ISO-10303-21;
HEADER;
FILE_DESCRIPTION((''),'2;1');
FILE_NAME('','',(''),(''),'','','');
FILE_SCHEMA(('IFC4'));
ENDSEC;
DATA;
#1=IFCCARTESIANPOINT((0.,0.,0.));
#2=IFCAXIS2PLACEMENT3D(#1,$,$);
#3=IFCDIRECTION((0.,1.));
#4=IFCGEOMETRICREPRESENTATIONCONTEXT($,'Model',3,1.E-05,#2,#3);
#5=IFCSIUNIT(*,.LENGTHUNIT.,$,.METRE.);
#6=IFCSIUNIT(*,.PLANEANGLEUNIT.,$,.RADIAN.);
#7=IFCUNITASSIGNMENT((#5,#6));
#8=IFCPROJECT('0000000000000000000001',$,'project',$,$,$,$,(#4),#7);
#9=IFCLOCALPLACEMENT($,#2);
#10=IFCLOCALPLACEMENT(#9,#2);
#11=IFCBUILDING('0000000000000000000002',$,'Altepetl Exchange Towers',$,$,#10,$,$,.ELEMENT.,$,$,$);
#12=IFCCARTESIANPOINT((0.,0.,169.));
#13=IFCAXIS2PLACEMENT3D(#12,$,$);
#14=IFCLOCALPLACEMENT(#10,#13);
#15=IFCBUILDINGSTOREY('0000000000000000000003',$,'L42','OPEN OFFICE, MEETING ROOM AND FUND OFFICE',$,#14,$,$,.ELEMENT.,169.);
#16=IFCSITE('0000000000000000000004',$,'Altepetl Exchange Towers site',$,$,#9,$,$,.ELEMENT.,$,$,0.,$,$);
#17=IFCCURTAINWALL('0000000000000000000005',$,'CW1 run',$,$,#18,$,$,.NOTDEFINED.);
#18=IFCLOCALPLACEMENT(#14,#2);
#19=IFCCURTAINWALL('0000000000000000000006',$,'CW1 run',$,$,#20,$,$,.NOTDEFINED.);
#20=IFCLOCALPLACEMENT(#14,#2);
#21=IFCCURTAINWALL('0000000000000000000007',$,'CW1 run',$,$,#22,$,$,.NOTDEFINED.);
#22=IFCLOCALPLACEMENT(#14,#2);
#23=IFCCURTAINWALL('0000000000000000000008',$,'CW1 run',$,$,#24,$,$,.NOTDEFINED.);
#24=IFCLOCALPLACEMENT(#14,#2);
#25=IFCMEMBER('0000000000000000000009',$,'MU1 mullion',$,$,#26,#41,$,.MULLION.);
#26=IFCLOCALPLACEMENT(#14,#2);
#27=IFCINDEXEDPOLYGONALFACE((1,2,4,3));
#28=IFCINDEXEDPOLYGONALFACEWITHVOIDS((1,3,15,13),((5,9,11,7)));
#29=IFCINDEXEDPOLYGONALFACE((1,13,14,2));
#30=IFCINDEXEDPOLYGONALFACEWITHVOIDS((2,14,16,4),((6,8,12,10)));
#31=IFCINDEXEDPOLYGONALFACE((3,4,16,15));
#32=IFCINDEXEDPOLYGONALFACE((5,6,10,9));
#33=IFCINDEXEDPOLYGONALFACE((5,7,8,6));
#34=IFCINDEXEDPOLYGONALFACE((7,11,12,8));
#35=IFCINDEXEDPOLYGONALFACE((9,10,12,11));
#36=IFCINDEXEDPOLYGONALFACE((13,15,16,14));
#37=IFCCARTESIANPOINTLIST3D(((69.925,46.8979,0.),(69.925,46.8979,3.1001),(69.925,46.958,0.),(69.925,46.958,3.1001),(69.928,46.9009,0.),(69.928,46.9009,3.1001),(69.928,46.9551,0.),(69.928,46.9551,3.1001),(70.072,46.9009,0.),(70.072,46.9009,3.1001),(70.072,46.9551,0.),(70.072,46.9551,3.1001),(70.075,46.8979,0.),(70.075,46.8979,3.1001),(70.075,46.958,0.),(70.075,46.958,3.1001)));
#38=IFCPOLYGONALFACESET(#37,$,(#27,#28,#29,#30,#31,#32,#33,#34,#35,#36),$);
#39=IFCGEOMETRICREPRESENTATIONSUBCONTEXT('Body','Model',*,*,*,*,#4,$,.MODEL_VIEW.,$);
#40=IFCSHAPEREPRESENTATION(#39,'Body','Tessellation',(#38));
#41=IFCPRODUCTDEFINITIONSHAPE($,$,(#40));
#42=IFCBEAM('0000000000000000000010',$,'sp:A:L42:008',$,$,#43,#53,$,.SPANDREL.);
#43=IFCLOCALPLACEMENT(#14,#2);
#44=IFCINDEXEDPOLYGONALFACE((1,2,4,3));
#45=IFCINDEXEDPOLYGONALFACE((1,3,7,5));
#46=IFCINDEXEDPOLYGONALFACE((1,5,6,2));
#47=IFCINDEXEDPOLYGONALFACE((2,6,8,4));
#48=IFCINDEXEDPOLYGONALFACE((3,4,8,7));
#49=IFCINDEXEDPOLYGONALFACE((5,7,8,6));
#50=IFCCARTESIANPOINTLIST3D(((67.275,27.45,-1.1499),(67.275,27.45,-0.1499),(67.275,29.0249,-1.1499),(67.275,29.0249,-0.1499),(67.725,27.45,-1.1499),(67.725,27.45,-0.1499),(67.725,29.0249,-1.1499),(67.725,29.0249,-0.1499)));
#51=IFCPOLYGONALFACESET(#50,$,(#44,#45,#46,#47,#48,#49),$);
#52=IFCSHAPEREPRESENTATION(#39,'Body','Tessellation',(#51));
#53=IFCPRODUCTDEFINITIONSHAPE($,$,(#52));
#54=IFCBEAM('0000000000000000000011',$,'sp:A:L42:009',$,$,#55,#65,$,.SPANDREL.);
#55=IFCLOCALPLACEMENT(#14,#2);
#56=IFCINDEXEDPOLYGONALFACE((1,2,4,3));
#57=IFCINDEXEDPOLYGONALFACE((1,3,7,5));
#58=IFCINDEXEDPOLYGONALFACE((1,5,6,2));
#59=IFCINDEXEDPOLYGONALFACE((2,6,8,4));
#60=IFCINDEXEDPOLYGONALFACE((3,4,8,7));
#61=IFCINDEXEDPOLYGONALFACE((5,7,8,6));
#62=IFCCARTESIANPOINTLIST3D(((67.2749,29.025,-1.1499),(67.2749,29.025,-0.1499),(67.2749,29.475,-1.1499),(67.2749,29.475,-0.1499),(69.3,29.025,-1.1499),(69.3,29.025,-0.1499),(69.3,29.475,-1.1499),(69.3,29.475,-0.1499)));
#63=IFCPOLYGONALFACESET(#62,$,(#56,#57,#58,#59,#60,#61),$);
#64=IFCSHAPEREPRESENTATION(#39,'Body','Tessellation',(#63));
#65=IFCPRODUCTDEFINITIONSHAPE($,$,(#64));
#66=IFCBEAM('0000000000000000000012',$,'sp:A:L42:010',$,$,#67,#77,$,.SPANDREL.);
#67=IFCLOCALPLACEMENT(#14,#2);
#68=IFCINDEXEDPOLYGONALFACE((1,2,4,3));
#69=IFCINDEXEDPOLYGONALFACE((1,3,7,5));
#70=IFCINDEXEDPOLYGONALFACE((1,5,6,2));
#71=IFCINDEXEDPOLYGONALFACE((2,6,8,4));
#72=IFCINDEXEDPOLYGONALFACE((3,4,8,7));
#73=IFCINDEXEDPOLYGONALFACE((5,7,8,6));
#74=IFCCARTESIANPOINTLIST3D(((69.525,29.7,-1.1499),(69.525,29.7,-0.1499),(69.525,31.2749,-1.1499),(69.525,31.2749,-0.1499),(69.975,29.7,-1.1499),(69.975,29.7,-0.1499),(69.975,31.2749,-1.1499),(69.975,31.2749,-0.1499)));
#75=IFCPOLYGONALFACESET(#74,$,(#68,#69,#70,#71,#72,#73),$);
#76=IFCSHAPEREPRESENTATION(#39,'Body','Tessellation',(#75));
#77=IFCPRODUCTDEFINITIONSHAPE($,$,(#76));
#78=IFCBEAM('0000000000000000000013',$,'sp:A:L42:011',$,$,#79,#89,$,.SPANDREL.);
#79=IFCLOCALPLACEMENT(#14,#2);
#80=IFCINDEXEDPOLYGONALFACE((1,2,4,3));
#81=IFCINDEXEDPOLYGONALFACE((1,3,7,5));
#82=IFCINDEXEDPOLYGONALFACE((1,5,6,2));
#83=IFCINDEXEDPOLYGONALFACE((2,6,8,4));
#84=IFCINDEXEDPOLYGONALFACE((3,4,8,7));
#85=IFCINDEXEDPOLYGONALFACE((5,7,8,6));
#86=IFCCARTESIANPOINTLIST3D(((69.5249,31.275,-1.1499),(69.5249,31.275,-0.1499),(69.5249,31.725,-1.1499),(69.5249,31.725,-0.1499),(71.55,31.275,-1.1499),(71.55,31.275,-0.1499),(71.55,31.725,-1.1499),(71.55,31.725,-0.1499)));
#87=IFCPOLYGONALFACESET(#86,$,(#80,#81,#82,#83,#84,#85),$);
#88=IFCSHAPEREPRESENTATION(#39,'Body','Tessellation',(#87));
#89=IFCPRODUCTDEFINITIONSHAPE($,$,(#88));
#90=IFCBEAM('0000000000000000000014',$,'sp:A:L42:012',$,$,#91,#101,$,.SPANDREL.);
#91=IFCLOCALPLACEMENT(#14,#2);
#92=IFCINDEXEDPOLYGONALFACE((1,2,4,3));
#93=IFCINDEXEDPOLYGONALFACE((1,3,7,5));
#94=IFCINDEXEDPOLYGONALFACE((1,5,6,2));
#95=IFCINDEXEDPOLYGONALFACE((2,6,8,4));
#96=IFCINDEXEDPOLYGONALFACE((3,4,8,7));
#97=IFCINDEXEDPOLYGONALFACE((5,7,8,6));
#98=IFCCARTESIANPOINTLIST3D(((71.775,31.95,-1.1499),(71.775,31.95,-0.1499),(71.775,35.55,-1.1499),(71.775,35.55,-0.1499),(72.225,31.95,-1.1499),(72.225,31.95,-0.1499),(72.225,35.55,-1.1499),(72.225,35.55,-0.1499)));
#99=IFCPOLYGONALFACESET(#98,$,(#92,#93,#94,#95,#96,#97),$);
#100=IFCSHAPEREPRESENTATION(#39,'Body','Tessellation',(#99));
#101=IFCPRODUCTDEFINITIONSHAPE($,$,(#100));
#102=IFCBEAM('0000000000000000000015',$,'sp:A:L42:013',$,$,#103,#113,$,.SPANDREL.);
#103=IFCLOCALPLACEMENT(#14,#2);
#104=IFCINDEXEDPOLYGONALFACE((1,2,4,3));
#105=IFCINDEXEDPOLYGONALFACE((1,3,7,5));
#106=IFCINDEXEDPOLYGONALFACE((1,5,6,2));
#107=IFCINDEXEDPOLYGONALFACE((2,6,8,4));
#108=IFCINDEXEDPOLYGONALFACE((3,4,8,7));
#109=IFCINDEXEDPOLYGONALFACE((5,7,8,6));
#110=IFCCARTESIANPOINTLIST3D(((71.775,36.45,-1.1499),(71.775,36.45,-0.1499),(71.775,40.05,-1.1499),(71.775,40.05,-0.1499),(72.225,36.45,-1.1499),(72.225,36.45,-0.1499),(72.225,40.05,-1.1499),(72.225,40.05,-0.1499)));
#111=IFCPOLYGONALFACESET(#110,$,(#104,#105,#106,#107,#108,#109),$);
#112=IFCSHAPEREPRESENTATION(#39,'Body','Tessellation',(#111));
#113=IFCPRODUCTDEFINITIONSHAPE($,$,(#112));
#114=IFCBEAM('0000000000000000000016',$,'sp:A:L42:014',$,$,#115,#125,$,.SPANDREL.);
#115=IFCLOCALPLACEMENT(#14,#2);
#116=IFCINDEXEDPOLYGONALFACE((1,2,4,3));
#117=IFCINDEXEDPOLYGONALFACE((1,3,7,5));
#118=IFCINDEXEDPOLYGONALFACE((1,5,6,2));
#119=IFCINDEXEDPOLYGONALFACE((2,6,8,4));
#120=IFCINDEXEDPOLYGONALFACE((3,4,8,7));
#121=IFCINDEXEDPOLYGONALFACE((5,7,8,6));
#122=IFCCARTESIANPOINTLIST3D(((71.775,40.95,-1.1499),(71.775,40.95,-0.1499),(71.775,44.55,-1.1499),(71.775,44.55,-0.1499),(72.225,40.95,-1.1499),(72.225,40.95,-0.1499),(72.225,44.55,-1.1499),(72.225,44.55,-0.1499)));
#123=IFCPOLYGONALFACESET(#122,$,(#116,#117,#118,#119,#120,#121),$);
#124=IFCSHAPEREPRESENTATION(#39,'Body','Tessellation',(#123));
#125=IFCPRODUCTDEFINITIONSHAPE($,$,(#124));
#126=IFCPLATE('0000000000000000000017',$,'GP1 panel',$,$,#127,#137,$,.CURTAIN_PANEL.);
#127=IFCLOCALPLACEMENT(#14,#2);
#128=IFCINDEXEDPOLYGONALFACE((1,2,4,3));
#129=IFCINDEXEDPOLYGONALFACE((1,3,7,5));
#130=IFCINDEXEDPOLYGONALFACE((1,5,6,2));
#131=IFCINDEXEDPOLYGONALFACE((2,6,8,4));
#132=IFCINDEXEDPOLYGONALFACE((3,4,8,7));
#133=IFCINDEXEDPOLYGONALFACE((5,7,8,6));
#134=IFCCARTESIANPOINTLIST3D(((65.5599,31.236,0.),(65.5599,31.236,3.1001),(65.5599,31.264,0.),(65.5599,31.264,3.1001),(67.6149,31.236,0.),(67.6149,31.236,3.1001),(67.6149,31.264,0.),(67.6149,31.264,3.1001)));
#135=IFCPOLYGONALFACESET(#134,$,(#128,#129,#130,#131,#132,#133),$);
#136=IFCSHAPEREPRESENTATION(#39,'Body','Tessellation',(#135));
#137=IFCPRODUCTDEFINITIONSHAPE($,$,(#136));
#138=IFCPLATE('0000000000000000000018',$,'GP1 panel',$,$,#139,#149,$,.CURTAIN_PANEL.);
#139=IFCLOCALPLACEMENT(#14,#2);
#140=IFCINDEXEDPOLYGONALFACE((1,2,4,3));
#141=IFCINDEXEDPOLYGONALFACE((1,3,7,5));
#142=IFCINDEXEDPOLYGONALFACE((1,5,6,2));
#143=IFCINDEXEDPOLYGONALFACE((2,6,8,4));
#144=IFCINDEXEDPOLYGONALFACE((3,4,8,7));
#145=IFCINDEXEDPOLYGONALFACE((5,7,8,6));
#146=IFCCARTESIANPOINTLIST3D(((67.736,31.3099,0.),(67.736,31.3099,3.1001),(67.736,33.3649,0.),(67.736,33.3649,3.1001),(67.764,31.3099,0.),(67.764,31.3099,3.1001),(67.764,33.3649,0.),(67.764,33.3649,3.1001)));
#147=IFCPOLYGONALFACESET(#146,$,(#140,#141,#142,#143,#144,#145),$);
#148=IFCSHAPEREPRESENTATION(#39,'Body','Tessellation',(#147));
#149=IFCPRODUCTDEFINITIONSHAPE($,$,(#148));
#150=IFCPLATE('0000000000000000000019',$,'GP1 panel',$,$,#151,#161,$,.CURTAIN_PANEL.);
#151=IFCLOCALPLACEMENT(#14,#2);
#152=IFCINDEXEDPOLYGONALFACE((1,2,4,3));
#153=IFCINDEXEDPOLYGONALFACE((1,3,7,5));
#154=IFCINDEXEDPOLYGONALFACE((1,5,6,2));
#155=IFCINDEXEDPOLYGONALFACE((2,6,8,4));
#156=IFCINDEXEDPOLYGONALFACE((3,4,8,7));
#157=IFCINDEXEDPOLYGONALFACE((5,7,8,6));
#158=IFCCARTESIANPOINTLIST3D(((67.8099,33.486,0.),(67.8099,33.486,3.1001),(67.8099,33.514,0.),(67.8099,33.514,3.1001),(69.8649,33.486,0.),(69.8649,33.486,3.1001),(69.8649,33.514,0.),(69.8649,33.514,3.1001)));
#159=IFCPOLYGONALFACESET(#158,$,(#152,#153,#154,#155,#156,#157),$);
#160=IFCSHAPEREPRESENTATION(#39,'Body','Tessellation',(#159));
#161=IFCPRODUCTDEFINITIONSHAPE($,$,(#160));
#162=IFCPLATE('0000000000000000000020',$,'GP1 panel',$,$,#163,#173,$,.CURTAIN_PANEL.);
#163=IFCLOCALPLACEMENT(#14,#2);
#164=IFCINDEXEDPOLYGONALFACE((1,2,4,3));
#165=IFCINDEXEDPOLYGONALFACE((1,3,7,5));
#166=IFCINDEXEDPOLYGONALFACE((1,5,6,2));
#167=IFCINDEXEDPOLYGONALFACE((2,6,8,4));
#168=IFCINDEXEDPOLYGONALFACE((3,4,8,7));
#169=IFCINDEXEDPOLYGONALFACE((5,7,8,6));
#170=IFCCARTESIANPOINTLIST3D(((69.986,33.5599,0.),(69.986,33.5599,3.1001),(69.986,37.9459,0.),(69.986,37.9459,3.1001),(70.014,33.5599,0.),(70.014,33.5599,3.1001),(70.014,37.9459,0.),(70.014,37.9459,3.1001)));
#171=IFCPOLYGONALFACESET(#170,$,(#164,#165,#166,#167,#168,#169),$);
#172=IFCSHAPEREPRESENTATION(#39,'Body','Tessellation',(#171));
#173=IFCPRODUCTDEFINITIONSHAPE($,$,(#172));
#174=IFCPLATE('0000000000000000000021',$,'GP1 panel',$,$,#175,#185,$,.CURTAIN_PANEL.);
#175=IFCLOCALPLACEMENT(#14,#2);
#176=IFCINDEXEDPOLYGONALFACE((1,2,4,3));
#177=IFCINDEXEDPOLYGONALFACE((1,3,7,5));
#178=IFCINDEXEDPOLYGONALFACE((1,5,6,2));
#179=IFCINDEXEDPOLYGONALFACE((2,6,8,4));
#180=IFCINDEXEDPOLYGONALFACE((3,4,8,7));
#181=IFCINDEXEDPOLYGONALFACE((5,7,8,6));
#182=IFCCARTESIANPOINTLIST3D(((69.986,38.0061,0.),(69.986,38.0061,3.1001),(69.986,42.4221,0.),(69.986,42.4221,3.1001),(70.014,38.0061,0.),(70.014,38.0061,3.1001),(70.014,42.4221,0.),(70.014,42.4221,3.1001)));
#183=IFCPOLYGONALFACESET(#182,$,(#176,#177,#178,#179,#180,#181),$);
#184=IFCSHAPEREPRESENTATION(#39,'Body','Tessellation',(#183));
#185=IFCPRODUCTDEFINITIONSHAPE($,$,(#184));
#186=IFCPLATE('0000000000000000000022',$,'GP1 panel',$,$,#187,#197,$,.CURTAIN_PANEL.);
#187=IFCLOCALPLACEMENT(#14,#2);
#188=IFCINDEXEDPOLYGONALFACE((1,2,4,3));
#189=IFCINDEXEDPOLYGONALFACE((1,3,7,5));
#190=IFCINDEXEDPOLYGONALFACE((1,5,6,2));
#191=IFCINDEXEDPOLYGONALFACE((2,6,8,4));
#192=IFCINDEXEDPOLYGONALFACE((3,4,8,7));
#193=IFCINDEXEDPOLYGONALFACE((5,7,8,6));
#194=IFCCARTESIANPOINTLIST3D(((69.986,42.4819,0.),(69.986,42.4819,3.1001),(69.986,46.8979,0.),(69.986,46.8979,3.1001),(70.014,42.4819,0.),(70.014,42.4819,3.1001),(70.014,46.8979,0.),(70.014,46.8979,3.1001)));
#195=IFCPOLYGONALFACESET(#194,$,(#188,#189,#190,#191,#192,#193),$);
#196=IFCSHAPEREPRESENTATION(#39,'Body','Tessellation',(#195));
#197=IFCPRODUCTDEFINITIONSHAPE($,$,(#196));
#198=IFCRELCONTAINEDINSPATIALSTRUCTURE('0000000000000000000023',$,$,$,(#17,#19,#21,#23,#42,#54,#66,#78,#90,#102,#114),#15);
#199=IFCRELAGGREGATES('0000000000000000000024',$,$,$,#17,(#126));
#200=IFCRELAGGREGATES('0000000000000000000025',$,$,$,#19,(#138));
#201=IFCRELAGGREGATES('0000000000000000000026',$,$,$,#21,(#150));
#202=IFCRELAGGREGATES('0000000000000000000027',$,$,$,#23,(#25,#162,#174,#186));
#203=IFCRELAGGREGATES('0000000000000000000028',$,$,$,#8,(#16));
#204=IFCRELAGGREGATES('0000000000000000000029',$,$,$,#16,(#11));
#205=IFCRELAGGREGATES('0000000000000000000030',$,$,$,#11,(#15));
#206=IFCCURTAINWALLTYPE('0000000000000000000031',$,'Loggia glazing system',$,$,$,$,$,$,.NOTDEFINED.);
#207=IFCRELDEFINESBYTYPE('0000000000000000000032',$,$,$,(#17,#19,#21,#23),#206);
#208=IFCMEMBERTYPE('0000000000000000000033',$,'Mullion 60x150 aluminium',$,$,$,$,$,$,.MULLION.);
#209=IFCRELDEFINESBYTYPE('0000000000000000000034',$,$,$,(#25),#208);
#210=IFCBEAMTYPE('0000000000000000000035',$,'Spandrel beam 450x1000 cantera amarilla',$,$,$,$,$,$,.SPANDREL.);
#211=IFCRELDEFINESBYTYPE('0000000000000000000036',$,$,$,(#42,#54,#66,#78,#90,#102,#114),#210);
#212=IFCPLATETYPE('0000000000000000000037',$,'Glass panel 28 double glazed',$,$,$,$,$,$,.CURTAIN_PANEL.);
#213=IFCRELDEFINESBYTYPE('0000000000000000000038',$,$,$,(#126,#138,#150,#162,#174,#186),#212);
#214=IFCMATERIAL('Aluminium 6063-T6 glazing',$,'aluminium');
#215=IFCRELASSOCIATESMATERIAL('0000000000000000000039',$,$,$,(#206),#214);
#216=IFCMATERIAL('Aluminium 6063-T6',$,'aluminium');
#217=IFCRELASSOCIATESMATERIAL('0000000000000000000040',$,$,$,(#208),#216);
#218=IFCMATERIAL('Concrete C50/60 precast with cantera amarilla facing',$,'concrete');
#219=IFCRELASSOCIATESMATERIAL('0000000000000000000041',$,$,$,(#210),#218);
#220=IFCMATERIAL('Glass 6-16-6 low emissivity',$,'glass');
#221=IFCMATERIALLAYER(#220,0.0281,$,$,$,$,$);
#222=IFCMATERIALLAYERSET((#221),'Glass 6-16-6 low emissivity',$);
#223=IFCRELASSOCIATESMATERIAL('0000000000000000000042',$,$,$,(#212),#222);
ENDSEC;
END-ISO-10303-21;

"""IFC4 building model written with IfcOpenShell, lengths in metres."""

from ifc_helpers import new_model, si_unit, direction, frame, origin, origin_2d, place, context, subcontext, project, spatial, rectangle, hollow_rectangle, extrude, material, layer, layer_set, material_profile, profile_set, type_object, element, aggregate, save


model = new_model("IFC4")

# Units and contexts
model_context = context("Model", 3, precision=1e-05, world=origin(), true_north=direction((0.0, 1.0)))
body_context = subcontext(model_context, "Body", "Model", "MODEL_VIEW")
ifc_project = project(units=[si_unit("LENGTHUNIT", "METRE"), si_unit("PLANEANGLEUNIT", "RADIAN")], contexts=[model_context])

# Site, building, storey
site_placement = place(None, origin())
site = spatial("IfcSite", under=ifc_project, at=site_placement, Name="Altepetl Exchange Towers site", CompositionType="ELEMENT", RefElevation=0.0)
building_placement = place(site_placement, origin())
building = spatial("IfcBuilding", under=site, at=building_placement, Name="Altepetl Exchange Towers", CompositionType="ELEMENT")
storey_placement = place(building_placement, frame((0.0, 0.0, 169.0)))
storey = spatial("IfcBuildingStorey", under=building, at=storey_placement, Name="L42", Description="OPEN OFFICE, MEETING ROOM AND FUND OFFICE", CompositionType="ELEMENT", Elevation=169.0)

# Curtain wall
ifc_material_1 = material(Name="Aluminium 6063-T6 glazing", Category="aluminium")
curtain_wall_type = type_object("IfcCurtainWallType", Name="Loggia glazing system", PredefinedType="NOTDEFINED", material=ifc_material_1)
curtain_wall_1_placement = place(storey_placement, origin())
curtain_wall_1 = element("IfcCurtainWall", 1, at=curtain_wall_1_placement, inside=storey, type_object=curtain_wall_type, Name="CW1 run", PredefinedType="NOTDEFINED")
ifc_material_2 = material(Name="Aluminium 6063-T6", Category="aluminium")
ifc_material_profile_1 = material_profile(ifc_material_2, hollow_rectangle(XDim=0.0601, YDim=0.1499, WallThickness=0.0029, at=origin_2d()), Name="Mullion 60x150 aluminium")
ifc_profile_set_1 = profile_set([ifc_material_profile_1], Name="Aluminium 6063-T6")
member_type = type_object("IfcMemberType", Name="Mullion 60x150 aluminium", PredefinedType="MULLION", material=ifc_profile_set_1)

# Curtain walls, member
curtain_wall_2_placement = place(storey_placement, origin())
curtain_wall_2 = element("IfcCurtainWall", 2, at=curtain_wall_2_placement, inside=storey, type_object=curtain_wall_type, Name="CW1 run", PredefinedType="NOTDEFINED")
curtain_wall_3_placement = place(storey_placement, origin())
curtain_wall_3 = element("IfcCurtainWall", 3, at=curtain_wall_3_placement, inside=storey, type_object=curtain_wall_type, Name="CW1 run", PredefinedType="NOTDEFINED")
curtain_wall_4_placement = place(storey_placement, origin())
curtain_wall_4 = element("IfcCurtainWall", 4, at=curtain_wall_4_placement, inside=storey, type_object=curtain_wall_type, Name="CW1 run", PredefinedType="NOTDEFINED")
member_1_placement = place(storey_placement, frame((70.0, 46.928, 0.0), z_axis=(0.0, 0.0, 1.0), x_axis=(0.0, 1.0, 0.0)))
member_1 = element("IfcMember", 5, at=member_1_placement, type_object=member_type, Name="MU1 mullion", PredefinedType="MULLION", context=body_context, shape_type="SweptSolid", body=[
    extrude(hollow_rectangle(XDim=0.0601, YDim=0.1499, WallThickness=0.0029, at=origin_2d()), origin(), (0.0, 0.0, 1.0), 3.1001),
])

# Beams
ifc_material_3 = material(Name="Concrete C50/60 precast with cantera amarilla facing", Category="concrete")
ifc_material_profile_2 = material_profile(ifc_material_3, rectangle(XDim=0.45, YDim=1.0, at=origin_2d()), Name="450 x 1000")
ifc_profile_set_2 = profile_set([ifc_material_profile_2], Name="Concrete C50/60 precast with cantera amarilla facing")
beam_type = type_object("IfcBeamType", Name="Spandrel beam 450x1000 cantera amarilla", PredefinedType="SPANDREL", material=ifc_profile_set_2)
beam_1_placement = place(storey_placement, frame((67.5, 27.45, -0.6499), z_axis=(0.0, 1.0, 0.0), x_axis=(-1.0, 0.0, 0.0)))
element("IfcBeam", 6, at=beam_1_placement, inside=storey, type_object=beam_type, Name="sp:A:L42:008", PredefinedType="SPANDREL", context=body_context, shape_type="SweptSolid", body=[
    extrude(rectangle(XDim=0.45, YDim=1.0, at=origin_2d()), origin(), (0.0, 0.0, 1.0), 1.575),
])
beam_2_placement = place(storey_placement, frame((67.2749, 29.25, -0.6499), z_axis=(1.0, 0.0, 0.0), x_axis=(0.0, 1.0, 0.0)))
element("IfcBeam", 7, at=beam_2_placement, inside=storey, type_object=beam_type, Name="sp:A:L42:009", PredefinedType="SPANDREL", context=body_context, shape_type="SweptSolid", body=[
    extrude(rectangle(XDim=0.45, YDim=1.0, at=origin_2d()), origin(), (0.0, 0.0, 1.0), 2.0251),
])
beam_3_placement = place(storey_placement, frame((69.75, 29.7, -0.6499), z_axis=(0.0, 1.0, 0.0), x_axis=(-1.0, 0.0, 0.0)))
element("IfcBeam", 8, at=beam_3_placement, inside=storey, type_object=beam_type, Name="sp:A:L42:010", PredefinedType="SPANDREL", context=body_context, shape_type="SweptSolid", body=[
    extrude(rectangle(XDim=0.45, YDim=1.0, at=origin_2d()), origin(), (0.0, 0.0, 1.0), 1.575),
])
beam_4_placement = place(storey_placement, frame((69.5249, 31.5, -0.6499), z_axis=(1.0, 0.0, 0.0), x_axis=(0.0, 1.0, 0.0)))
element("IfcBeam", 9, at=beam_4_placement, inside=storey, type_object=beam_type, Name="sp:A:L42:011", PredefinedType="SPANDREL", context=body_context, shape_type="SweptSolid", body=[
    extrude(rectangle(XDim=0.45, YDim=1.0, at=origin_2d()), origin(), (0.0, 0.0, 1.0), 2.0251),
])
for number, where, z_axis, x_axis, name in (
    (10, (72.0, 31.95, -0.6499), (0.0, 1.0, 0.0), (-1.0, 0.0, 0.0), "sp:A:L42:012"),
    (11, (72.0, 36.45, -0.6499), (0.0, 1.0, 0.0), (-1.0, 0.0, 0.0), "sp:A:L42:013"),
    (12, (72.0, 40.95, -0.6499), (0.0, 1.0, 0.0), (-1.0, 0.0, 0.0), "sp:A:L42:014"),
):
    element("IfcBeam", number, at=place(storey_placement, frame(where, z_axis=z_axis, x_axis=x_axis)), inside=storey, type_object=beam_type, Name=name, PredefinedType="SPANDREL", context=body_context, shape_type="SweptSolid", body=[
        extrude(rectangle(XDim=0.45, YDim=1.0, at=origin_2d()), origin(), (0.0, 0.0, 1.0), 3.6001),
    ])

# Plates
ifc_material_4 = material(Name="Glass 6-16-6 low emissivity", Category="glass")
ifc_layer = layer(ifc_material_4, 0.0281)
ifc_layer_set = layer_set([ifc_layer], Name="Glass 6-16-6 low emissivity")
plate_type = type_object("IfcPlateType", Name="Glass panel 28 double glazed", PredefinedType="CURTAIN_PANEL", material=ifc_layer_set)
plate_1_placement = place(storey_placement, frame((66.5874, 31.25, 0.0)))
plate_1 = element("IfcPlate", 13, at=plate_1_placement, type_object=plate_type, Name="GP1 panel", PredefinedType="CURTAIN_PANEL", context=body_context, shape_type="SweptSolid", body=[
    extrude(rectangle(XDim=2.0549, YDim=0.0281, at=origin_2d()), origin(), (0.0, 0.0, 1.0), 3.1001),
])
aggregate(curtain_wall_1, [plate_1])
plate_2_placement = place(storey_placement, frame((67.75, 32.3374, 0.0), z_axis=(0.0, 0.0, 1.0), x_axis=(0.0, 1.0, 0.0)))
plate_2 = element("IfcPlate", 14, at=plate_2_placement, type_object=plate_type, Name="GP1 panel", PredefinedType="CURTAIN_PANEL", context=body_context, shape_type="SweptSolid", body=[
    extrude(rectangle(XDim=2.0549, YDim=0.0281, at=origin_2d()), origin(), (0.0, 0.0, 1.0), 3.1001),
])
aggregate(curtain_wall_2, [plate_2])
plate_3_placement = place(storey_placement, frame((68.8374, 33.5, 0.0)))
plate_3 = element("IfcPlate", 15, at=plate_3_placement, type_object=plate_type, Name="GP1 panel", PredefinedType="CURTAIN_PANEL", context=body_context, shape_type="SweptSolid", body=[
    extrude(rectangle(XDim=2.0549, YDim=0.0281, at=origin_2d()), origin(), (0.0, 0.0, 1.0), 3.1001),
])
aggregate(curtain_wall_3, [plate_3])
plate_4_placement = place(storey_placement, frame((70.0, 35.7529, 0.0), z_axis=(0.0, 0.0, 1.0), x_axis=(0.0, 1.0, 0.0)))
plate_4 = element("IfcPlate", 16, at=plate_4_placement, type_object=plate_type, Name="GP1 panel", PredefinedType="CURTAIN_PANEL", context=body_context, shape_type="SweptSolid", body=[
    extrude(rectangle(XDim=4.386, YDim=0.0281, at=origin_2d()), origin(), (0.0, 0.0, 1.0), 3.1001),
])
plate_5_placement = place(storey_placement, frame((70.0, 40.2141, 0.0), z_axis=(0.0, 0.0, 1.0), x_axis=(0.0, 1.0, 0.0)))
plate_5 = element("IfcPlate", 17, at=plate_5_placement, type_object=plate_type, Name="GP1 panel", PredefinedType="CURTAIN_PANEL", context=body_context, shape_type="SweptSolid", body=[
    extrude(rectangle(XDim=4.416, YDim=0.0281, at=origin_2d()), origin(), (0.0, 0.0, 1.0), 3.1001),
])
plate_6_placement = place(storey_placement, frame((70.0, 44.6899, 0.0), z_axis=(0.0, 0.0, 1.0), x_axis=(0.0, 1.0, 0.0)))
plate_6 = element("IfcPlate", 18, at=plate_6_placement, type_object=plate_type, Name="GP1 panel", PredefinedType="CURTAIN_PANEL", context=body_context, shape_type="SweptSolid", body=[
    extrude(rectangle(XDim=4.416, YDim=0.0281, at=origin_2d()), origin(), (0.0, 0.0, 1.0), 3.1001),
])
aggregate(curtain_wall_4, [member_1, plate_4, plate_5, plate_6])

save(model, "model.ifc")
